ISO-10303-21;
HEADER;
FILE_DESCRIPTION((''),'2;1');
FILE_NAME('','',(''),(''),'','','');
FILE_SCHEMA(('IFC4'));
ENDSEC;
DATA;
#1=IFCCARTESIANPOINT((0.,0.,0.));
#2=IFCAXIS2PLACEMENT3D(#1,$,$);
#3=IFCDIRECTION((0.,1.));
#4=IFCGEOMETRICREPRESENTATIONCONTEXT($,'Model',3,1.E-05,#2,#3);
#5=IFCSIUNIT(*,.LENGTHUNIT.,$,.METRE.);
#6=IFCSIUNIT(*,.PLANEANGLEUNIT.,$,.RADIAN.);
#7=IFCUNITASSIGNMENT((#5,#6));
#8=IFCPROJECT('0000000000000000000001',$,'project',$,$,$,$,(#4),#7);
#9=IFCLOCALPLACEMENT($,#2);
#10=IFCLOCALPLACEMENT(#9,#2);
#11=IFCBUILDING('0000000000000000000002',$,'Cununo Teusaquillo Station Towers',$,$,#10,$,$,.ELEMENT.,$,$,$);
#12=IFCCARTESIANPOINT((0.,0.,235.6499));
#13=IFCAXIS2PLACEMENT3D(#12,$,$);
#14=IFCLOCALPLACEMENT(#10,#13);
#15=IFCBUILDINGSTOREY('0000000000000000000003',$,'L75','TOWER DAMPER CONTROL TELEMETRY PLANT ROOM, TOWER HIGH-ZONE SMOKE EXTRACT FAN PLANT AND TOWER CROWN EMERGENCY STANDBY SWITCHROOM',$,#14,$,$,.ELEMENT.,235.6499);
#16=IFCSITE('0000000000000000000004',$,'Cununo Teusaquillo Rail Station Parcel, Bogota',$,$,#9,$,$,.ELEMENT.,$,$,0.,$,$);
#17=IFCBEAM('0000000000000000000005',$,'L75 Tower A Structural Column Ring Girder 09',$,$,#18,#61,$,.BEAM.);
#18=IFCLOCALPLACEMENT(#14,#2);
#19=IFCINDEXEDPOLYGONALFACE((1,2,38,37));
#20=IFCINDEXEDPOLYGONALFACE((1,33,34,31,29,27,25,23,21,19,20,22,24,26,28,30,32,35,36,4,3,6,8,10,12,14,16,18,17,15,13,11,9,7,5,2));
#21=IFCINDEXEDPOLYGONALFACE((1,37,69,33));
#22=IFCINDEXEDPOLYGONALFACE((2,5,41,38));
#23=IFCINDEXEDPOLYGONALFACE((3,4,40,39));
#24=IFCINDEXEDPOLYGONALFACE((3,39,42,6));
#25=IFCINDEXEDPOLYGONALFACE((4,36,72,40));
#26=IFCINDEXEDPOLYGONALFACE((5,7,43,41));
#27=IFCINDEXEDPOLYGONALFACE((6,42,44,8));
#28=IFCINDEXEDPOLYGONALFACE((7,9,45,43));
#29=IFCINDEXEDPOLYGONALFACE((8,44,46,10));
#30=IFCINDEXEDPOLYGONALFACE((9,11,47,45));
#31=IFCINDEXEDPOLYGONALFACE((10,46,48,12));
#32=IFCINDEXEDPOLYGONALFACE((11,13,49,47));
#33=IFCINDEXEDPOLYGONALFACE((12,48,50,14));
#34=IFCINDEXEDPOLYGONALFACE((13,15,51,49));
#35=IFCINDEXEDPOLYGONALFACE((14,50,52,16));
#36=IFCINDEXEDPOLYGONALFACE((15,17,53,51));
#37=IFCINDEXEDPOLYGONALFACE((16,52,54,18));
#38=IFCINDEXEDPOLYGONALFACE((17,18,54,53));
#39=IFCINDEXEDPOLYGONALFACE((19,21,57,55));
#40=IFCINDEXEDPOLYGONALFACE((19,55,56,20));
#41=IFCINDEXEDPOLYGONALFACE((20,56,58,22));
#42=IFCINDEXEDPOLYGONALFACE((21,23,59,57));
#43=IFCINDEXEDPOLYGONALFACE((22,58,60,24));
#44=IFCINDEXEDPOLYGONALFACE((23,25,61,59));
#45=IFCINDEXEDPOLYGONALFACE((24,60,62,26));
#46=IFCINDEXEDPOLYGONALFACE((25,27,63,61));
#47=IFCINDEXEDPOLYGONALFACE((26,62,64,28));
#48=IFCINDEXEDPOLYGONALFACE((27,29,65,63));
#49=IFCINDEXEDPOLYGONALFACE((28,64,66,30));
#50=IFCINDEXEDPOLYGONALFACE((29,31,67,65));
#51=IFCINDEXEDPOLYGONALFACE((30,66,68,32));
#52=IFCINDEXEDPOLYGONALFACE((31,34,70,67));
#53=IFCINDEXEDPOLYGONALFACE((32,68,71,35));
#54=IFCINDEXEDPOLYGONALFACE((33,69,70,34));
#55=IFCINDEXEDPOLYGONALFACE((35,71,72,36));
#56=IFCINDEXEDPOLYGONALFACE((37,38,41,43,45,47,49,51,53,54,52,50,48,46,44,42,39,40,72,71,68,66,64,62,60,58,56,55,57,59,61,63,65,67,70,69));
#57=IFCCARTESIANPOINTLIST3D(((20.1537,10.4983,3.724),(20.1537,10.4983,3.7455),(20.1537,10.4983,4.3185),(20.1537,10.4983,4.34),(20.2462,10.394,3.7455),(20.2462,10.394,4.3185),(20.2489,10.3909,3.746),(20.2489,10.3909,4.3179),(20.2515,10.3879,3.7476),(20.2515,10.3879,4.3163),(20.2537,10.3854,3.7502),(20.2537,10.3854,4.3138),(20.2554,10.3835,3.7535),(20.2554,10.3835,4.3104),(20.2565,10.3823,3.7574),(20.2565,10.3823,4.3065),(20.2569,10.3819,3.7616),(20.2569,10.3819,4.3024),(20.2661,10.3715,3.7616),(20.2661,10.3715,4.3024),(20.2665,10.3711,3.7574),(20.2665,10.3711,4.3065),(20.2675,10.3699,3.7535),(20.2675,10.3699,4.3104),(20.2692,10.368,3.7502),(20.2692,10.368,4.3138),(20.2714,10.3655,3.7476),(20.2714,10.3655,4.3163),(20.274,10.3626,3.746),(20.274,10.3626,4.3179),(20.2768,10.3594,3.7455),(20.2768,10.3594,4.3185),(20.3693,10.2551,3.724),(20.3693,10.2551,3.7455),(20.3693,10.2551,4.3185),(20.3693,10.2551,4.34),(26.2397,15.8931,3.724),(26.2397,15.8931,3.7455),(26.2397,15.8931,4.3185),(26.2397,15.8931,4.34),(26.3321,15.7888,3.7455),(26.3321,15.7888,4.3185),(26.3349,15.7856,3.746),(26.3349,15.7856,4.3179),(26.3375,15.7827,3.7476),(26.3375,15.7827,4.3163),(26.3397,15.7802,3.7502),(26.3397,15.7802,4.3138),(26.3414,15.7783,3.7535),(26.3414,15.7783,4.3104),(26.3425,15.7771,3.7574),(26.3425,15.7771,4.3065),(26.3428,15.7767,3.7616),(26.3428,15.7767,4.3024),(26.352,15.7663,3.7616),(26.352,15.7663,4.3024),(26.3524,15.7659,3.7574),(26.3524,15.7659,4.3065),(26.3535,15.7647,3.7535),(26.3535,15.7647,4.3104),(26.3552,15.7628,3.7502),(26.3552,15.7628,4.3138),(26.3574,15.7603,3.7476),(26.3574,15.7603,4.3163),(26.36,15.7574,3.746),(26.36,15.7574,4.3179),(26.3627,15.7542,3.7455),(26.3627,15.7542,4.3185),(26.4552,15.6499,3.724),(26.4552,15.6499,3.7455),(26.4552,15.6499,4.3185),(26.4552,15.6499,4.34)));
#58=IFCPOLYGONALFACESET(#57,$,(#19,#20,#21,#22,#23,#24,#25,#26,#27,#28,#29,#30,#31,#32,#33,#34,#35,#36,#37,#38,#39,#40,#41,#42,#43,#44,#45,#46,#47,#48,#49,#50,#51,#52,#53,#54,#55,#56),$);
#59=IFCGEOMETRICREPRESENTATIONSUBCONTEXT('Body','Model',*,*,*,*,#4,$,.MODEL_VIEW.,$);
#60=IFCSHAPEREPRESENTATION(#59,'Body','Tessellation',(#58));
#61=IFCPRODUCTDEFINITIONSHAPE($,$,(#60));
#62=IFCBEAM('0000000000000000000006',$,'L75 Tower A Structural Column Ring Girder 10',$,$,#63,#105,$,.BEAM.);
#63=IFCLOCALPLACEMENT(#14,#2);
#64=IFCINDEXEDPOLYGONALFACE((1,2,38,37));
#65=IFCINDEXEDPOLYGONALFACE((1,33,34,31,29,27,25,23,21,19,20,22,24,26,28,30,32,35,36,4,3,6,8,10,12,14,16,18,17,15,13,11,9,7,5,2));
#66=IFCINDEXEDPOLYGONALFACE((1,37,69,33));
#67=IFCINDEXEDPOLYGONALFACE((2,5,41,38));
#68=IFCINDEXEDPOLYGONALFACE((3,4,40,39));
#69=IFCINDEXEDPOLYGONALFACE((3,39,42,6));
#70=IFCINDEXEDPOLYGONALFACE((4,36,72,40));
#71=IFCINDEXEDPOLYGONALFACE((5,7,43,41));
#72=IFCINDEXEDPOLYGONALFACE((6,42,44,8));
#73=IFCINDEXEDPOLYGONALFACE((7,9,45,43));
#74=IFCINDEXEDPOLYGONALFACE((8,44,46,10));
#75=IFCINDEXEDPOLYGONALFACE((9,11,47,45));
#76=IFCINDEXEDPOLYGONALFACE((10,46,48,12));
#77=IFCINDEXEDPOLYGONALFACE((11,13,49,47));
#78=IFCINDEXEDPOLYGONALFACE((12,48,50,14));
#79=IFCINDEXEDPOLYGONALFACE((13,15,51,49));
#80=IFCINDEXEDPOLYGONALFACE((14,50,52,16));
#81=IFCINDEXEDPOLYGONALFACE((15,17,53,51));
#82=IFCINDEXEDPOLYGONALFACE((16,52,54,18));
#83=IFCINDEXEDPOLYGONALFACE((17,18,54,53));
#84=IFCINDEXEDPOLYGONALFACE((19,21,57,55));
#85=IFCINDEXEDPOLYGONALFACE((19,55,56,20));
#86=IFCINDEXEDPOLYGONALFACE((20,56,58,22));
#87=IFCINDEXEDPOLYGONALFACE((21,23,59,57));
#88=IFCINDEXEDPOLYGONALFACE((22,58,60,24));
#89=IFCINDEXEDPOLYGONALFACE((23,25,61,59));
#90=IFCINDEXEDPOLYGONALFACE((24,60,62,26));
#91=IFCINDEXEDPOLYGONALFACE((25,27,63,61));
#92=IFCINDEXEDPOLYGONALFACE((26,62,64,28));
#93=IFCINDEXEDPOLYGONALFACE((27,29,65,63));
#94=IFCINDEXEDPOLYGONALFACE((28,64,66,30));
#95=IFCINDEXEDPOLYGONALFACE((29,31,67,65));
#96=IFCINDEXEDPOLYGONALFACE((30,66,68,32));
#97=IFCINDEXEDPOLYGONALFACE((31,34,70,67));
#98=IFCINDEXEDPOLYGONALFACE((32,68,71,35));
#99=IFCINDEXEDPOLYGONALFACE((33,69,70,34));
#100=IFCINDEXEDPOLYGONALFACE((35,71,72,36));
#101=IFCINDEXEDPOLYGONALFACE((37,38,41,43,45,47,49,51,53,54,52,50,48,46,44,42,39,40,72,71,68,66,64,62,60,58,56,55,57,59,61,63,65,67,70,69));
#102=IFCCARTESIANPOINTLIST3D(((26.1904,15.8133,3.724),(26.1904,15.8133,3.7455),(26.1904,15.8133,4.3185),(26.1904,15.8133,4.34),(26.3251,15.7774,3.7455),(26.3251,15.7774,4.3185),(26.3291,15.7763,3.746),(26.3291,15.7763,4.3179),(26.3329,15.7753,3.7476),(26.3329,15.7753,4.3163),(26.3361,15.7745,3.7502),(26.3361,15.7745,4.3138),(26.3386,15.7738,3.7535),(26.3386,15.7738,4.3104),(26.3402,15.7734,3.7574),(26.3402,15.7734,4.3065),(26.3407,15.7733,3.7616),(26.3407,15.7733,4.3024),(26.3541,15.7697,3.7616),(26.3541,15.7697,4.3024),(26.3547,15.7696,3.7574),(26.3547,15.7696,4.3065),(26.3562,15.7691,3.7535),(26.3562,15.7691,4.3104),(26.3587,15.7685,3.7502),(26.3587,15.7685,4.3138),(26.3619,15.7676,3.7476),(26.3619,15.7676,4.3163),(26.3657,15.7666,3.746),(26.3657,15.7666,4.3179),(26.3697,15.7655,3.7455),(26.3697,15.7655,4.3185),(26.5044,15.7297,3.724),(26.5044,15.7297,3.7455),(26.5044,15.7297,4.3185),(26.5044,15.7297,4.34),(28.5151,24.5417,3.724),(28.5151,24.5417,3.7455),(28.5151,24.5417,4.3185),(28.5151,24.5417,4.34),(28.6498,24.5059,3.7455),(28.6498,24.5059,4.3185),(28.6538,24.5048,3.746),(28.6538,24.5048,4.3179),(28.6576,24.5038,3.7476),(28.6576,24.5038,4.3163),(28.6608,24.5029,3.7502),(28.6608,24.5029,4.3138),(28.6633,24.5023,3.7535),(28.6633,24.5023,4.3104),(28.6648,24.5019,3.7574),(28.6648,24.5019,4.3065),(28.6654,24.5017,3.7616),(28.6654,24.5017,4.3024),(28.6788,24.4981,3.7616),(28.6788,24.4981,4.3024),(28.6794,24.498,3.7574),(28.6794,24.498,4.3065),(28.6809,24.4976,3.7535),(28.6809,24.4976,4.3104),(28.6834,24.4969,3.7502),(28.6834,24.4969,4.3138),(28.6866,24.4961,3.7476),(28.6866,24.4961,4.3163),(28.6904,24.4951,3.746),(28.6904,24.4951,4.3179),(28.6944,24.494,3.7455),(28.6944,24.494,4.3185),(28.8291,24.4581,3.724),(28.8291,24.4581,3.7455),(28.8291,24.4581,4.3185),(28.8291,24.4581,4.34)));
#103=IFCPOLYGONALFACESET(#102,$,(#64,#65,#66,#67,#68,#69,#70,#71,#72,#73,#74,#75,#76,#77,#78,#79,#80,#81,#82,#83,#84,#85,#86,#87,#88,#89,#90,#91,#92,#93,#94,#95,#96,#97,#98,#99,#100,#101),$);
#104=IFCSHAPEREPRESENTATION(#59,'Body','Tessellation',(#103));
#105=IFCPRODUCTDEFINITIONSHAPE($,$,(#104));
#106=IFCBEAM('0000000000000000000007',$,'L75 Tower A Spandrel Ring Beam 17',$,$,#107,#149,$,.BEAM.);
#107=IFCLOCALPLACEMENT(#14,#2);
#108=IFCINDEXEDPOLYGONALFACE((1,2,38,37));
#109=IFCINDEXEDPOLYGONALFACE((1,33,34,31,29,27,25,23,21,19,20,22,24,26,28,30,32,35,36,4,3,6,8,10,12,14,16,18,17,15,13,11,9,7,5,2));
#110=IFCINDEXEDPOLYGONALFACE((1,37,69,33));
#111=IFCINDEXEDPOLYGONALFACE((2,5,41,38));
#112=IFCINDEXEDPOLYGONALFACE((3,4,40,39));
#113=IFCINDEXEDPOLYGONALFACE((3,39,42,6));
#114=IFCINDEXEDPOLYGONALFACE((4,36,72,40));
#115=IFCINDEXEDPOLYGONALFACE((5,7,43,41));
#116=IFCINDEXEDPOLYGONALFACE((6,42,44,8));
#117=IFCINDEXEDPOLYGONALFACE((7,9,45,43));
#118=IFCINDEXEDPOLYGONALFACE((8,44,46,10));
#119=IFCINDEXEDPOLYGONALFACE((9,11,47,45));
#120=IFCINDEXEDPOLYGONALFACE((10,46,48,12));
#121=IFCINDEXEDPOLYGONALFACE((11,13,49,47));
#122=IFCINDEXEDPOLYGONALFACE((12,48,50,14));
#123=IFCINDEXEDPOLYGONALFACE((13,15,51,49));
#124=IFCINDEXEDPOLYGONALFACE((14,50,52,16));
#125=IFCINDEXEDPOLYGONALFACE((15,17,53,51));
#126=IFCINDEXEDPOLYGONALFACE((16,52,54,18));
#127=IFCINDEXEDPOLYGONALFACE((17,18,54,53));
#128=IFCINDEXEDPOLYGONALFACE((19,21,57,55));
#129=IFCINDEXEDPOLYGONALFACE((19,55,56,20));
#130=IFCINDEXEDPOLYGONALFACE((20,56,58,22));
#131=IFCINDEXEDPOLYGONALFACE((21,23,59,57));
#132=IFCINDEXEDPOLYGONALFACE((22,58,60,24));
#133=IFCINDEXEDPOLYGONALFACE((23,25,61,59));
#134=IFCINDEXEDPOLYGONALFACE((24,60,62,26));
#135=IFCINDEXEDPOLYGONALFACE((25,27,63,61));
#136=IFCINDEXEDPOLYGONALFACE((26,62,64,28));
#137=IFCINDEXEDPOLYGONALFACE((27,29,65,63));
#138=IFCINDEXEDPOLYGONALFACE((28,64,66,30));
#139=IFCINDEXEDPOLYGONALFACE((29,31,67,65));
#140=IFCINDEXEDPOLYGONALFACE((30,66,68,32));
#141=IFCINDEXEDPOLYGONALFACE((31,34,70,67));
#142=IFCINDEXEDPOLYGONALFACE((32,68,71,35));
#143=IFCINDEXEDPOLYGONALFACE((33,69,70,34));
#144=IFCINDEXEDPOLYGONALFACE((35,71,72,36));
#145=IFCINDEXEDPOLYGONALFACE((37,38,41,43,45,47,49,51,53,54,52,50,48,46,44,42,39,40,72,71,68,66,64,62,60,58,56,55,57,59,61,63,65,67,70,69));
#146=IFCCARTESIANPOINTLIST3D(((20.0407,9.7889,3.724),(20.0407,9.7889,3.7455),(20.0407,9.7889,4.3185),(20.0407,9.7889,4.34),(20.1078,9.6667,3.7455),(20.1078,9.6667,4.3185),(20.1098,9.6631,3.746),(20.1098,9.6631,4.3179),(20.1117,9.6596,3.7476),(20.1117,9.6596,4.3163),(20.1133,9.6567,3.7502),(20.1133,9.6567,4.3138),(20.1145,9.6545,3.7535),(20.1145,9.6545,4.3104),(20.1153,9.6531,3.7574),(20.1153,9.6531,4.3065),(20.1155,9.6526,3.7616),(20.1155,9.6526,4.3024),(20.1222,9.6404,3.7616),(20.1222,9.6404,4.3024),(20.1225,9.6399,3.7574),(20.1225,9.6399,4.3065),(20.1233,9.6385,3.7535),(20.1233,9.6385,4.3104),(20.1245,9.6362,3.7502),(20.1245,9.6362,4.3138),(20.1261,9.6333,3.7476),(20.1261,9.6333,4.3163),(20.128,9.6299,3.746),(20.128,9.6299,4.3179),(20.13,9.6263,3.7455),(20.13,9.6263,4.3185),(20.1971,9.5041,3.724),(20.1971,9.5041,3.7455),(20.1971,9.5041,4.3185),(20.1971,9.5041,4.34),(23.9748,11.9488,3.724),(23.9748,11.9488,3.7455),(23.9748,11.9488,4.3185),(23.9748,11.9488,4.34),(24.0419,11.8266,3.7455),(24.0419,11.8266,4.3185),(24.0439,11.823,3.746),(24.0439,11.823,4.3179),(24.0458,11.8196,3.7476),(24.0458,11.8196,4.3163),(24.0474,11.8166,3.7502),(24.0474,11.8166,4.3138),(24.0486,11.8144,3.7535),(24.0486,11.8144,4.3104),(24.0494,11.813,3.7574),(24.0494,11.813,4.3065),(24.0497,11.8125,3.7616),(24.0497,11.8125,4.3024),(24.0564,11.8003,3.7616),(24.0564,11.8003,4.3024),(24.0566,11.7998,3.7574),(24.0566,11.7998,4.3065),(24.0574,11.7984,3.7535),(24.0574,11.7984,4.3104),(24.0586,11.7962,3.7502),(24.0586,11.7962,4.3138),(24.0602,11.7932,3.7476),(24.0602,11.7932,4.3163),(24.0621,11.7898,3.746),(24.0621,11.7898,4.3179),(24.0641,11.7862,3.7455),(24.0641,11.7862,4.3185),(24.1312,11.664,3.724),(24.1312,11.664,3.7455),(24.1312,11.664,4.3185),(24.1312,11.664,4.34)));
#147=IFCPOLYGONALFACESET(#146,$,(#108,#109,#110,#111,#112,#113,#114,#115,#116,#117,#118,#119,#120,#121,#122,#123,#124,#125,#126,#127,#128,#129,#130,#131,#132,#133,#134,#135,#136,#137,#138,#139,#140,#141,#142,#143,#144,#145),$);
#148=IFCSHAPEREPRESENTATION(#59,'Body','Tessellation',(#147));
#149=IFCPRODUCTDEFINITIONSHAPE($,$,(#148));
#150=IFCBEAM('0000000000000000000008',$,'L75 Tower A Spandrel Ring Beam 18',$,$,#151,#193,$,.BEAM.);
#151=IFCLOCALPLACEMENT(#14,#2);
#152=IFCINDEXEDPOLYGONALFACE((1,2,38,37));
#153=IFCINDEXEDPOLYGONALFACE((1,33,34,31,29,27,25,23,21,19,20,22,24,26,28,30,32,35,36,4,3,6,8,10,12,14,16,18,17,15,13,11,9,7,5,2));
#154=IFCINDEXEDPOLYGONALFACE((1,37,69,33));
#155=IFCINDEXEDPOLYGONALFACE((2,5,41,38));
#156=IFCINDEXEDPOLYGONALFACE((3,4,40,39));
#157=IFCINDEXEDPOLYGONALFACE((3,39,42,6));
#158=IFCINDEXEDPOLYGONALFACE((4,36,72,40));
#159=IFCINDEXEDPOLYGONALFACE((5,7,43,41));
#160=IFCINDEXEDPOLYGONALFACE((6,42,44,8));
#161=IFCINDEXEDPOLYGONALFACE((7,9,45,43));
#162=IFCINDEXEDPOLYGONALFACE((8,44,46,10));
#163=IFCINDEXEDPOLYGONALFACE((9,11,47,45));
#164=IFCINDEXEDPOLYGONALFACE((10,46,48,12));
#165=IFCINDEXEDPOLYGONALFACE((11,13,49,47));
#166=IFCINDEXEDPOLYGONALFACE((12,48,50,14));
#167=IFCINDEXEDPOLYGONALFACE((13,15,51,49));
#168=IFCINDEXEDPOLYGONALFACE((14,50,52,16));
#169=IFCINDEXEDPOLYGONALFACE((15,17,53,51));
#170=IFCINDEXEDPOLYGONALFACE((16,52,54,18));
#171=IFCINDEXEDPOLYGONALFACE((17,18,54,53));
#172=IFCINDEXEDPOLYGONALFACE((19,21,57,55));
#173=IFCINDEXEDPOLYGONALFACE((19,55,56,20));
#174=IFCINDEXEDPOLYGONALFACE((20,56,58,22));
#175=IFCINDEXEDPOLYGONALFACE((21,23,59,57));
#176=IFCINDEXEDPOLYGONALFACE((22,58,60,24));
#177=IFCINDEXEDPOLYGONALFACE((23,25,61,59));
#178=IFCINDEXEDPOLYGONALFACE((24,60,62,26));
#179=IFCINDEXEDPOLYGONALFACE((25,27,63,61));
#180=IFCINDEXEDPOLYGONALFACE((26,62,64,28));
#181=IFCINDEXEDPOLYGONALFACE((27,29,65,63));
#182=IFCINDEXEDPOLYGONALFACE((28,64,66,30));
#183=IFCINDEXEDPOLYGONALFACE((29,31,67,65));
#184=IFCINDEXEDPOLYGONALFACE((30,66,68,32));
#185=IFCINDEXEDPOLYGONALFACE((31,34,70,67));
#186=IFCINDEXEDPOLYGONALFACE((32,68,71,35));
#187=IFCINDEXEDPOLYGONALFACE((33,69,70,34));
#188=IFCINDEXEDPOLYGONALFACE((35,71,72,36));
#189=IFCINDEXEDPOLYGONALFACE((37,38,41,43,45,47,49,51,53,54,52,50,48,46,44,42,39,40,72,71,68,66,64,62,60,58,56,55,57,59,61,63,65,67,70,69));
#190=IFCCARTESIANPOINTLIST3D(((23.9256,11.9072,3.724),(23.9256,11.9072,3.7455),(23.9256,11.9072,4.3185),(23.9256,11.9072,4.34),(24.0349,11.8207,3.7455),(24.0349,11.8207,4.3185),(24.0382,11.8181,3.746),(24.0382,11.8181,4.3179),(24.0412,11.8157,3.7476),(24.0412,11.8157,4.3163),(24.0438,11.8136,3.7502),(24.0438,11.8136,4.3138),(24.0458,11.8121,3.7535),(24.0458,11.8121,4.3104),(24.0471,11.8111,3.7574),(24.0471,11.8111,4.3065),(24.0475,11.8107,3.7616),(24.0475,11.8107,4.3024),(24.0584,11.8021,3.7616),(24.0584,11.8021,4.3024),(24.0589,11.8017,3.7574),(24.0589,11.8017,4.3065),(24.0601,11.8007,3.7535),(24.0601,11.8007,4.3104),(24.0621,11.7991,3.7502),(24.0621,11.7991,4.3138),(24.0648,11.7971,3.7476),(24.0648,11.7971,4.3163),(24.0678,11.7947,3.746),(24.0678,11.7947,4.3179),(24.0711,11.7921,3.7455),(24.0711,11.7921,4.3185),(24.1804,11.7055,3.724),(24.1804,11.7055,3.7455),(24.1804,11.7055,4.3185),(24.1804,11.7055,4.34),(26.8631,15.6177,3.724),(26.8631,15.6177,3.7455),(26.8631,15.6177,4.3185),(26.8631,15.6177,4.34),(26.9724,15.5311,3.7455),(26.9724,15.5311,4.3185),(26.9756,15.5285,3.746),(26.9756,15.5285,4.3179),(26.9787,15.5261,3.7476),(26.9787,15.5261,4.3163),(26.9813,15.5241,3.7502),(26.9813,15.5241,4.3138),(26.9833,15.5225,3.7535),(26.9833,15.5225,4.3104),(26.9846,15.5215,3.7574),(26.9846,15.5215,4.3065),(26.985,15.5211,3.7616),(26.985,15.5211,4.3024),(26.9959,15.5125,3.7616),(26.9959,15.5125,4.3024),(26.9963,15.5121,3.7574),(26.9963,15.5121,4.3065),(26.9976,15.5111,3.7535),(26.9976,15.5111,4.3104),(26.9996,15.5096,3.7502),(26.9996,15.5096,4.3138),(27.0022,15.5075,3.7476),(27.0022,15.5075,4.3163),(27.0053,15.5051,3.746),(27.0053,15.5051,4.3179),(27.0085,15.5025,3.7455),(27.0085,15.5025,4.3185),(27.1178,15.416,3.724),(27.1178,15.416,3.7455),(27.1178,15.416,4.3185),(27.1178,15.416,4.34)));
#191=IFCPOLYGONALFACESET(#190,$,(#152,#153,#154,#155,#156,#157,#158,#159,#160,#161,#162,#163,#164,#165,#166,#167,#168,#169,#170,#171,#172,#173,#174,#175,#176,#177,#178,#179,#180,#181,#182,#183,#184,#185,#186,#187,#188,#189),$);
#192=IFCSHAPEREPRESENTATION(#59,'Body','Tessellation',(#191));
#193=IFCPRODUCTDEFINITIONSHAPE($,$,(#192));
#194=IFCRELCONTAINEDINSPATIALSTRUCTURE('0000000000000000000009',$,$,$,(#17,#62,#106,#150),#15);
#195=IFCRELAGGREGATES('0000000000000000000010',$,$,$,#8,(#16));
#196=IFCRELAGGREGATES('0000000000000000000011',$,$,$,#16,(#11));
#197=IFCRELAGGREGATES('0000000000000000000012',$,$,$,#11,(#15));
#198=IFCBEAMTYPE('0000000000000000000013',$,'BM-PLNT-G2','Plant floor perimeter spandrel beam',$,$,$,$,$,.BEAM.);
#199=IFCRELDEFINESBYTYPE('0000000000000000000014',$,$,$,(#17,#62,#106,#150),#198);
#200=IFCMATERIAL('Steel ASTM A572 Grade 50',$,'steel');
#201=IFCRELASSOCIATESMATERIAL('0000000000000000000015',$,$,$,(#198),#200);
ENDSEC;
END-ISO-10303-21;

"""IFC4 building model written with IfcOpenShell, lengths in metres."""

from ifc_helpers import new_model, si_unit, direction, frame, origin, origin_2d, place, context, subcontext, project, spatial, i_section, extrude, material, material_profile, profile_set, type_object, element, save


model = new_model("IFC4")

# Units and contexts
model_context = context("Model", 3, precision=1e-05, world=origin(), true_north=direction((0.0, 1.0)))
body_context = subcontext(model_context, "Body", "Model", "MODEL_VIEW")
ifc_project = project(units=[si_unit("LENGTHUNIT", "METRE"), si_unit("PLANEANGLEUNIT", "RADIAN")], contexts=[model_context])

# Site, building, storey
site_placement = place(None, origin())
site = spatial("IfcSite", under=ifc_project, at=site_placement, Name="Cununo Teusaquillo Rail Station Parcel, Bogota", CompositionType="ELEMENT", RefElevation=0.0)
building_placement = place(site_placement, origin())
building = spatial("IfcBuilding", under=site, at=building_placement, Name="Cununo Teusaquillo Station Towers", CompositionType="ELEMENT")
storey_placement = place(building_placement, frame((0.0, 0.0, 235.6499)))
storey = spatial("IfcBuildingStorey", under=building, at=storey_placement, Name="L75", Description="TOWER DAMPER CONTROL TELEMETRY PLANT ROOM, TOWER HIGH-ZONE SMOKE EXTRACT FAN PLANT AND TOWER CROWN EMERGENCY STANDBY SWITCHROOM", CompositionType="ELEMENT", Elevation=235.6499)

# Beams
ifc_material_1 = material(Name="Steel ASTM A572 Grade 50", Category="steel")
ifc_material_profile_1 = material_profile(ifc_material_1, i_section(OverallWidth=0.325, OverallDepth=0.616, WebThickness=0.0139, FlangeThickness=0.0215, FilletRadius=0.0161, at=origin_2d()), Name="W24X117")
ifc_profile_set_1 = profile_set([ifc_material_profile_1], Name="Steel ASTM A572 Grade 50")
beam_type_1 = type_object("IfcBeamType", Name="BM-PLNT-G2", Description="Plant floor perimeter spandrel beam", PredefinedType="BEAM", material=ifc_profile_set_1)
beam_1_placement = place(storey_placement, frame((20.2615, 10.3767, 4.032), z_axis=(0.748321, 0.663337, 0.0), x_axis=(-0.663337, 0.748321, 0.0)))
element("IfcBeam", 1, at=beam_1_placement, inside=storey, type_object=beam_type_1, Name="L75 Tower A Structural Column Ring Girder 09", PredefinedType="BEAM", context=body_context, shape_type="SweptSolid", body=[
    extrude(i_section(OverallWidth=0.325, OverallDepth=0.616, WebThickness=0.0139, FlangeThickness=0.0215, FilletRadius=0.0161, at=origin_2d()), origin(), (0.0, 0.0, 1.0), 8.1328),
])
beam_2_placement = place(storey_placement, frame((26.3474, 15.7715, 4.032), z_axis=(0.257363, 0.966315, 0.0), x_axis=(-0.966315, 0.257363, 0.0)))
element("IfcBeam", 2, at=beam_2_placement, inside=storey, type_object=beam_type_1, Name="L75 Tower A Structural Column Ring Girder 10", PredefinedType="BEAM", context=body_context, shape_type="SweptSolid", body=[
    extrude(i_section(OverallWidth=0.325, OverallDepth=0.616, WebThickness=0.0139, FlangeThickness=0.0215, FilletRadius=0.0161, at=origin_2d()), origin(), (0.0, 0.0, 1.0), 9.0327),
])
beam_3_placement = place(storey_placement, frame((20.1189, 9.6465, 4.032), z_axis=(0.876576, 0.481263, 0.0), x_axis=(-0.481263, 0.876576, 0.0)))
element("IfcBeam", 3, at=beam_3_placement, inside=storey, type_object=beam_type_1, Name="L75 Tower A Spandrel Ring Beam 17", PredefinedType="BEAM", context=body_context, shape_type="SweptSolid", body=[
    extrude(i_section(OverallWidth=0.325, OverallDepth=0.616, WebThickness=0.0139, FlangeThickness=0.0215, FilletRadius=0.0161, at=origin_2d()), origin(), (0.0, 0.0, 1.0), 4.488),
])
beam_4_placement = place(storey_placement, frame((24.053, 11.8064, 4.032), z_axis=(0.620711, 0.78404, 0.0), x_axis=(-0.78404, 0.620711, 0.0)))
element("IfcBeam", 4, at=beam_4_placement, inside=storey, type_object=beam_type_1, Name="L75 Tower A Spandrel Ring Beam 18", PredefinedType="BEAM", context=body_context, shape_type="SweptSolid", body=[
    extrude(i_section(OverallWidth=0.325, OverallDepth=0.616, WebThickness=0.0139, FlangeThickness=0.0215, FilletRadius=0.0161, at=origin_2d()), origin(), (0.0, 0.0, 1.0), 4.7324),
])

save(model, "model.ifc")
